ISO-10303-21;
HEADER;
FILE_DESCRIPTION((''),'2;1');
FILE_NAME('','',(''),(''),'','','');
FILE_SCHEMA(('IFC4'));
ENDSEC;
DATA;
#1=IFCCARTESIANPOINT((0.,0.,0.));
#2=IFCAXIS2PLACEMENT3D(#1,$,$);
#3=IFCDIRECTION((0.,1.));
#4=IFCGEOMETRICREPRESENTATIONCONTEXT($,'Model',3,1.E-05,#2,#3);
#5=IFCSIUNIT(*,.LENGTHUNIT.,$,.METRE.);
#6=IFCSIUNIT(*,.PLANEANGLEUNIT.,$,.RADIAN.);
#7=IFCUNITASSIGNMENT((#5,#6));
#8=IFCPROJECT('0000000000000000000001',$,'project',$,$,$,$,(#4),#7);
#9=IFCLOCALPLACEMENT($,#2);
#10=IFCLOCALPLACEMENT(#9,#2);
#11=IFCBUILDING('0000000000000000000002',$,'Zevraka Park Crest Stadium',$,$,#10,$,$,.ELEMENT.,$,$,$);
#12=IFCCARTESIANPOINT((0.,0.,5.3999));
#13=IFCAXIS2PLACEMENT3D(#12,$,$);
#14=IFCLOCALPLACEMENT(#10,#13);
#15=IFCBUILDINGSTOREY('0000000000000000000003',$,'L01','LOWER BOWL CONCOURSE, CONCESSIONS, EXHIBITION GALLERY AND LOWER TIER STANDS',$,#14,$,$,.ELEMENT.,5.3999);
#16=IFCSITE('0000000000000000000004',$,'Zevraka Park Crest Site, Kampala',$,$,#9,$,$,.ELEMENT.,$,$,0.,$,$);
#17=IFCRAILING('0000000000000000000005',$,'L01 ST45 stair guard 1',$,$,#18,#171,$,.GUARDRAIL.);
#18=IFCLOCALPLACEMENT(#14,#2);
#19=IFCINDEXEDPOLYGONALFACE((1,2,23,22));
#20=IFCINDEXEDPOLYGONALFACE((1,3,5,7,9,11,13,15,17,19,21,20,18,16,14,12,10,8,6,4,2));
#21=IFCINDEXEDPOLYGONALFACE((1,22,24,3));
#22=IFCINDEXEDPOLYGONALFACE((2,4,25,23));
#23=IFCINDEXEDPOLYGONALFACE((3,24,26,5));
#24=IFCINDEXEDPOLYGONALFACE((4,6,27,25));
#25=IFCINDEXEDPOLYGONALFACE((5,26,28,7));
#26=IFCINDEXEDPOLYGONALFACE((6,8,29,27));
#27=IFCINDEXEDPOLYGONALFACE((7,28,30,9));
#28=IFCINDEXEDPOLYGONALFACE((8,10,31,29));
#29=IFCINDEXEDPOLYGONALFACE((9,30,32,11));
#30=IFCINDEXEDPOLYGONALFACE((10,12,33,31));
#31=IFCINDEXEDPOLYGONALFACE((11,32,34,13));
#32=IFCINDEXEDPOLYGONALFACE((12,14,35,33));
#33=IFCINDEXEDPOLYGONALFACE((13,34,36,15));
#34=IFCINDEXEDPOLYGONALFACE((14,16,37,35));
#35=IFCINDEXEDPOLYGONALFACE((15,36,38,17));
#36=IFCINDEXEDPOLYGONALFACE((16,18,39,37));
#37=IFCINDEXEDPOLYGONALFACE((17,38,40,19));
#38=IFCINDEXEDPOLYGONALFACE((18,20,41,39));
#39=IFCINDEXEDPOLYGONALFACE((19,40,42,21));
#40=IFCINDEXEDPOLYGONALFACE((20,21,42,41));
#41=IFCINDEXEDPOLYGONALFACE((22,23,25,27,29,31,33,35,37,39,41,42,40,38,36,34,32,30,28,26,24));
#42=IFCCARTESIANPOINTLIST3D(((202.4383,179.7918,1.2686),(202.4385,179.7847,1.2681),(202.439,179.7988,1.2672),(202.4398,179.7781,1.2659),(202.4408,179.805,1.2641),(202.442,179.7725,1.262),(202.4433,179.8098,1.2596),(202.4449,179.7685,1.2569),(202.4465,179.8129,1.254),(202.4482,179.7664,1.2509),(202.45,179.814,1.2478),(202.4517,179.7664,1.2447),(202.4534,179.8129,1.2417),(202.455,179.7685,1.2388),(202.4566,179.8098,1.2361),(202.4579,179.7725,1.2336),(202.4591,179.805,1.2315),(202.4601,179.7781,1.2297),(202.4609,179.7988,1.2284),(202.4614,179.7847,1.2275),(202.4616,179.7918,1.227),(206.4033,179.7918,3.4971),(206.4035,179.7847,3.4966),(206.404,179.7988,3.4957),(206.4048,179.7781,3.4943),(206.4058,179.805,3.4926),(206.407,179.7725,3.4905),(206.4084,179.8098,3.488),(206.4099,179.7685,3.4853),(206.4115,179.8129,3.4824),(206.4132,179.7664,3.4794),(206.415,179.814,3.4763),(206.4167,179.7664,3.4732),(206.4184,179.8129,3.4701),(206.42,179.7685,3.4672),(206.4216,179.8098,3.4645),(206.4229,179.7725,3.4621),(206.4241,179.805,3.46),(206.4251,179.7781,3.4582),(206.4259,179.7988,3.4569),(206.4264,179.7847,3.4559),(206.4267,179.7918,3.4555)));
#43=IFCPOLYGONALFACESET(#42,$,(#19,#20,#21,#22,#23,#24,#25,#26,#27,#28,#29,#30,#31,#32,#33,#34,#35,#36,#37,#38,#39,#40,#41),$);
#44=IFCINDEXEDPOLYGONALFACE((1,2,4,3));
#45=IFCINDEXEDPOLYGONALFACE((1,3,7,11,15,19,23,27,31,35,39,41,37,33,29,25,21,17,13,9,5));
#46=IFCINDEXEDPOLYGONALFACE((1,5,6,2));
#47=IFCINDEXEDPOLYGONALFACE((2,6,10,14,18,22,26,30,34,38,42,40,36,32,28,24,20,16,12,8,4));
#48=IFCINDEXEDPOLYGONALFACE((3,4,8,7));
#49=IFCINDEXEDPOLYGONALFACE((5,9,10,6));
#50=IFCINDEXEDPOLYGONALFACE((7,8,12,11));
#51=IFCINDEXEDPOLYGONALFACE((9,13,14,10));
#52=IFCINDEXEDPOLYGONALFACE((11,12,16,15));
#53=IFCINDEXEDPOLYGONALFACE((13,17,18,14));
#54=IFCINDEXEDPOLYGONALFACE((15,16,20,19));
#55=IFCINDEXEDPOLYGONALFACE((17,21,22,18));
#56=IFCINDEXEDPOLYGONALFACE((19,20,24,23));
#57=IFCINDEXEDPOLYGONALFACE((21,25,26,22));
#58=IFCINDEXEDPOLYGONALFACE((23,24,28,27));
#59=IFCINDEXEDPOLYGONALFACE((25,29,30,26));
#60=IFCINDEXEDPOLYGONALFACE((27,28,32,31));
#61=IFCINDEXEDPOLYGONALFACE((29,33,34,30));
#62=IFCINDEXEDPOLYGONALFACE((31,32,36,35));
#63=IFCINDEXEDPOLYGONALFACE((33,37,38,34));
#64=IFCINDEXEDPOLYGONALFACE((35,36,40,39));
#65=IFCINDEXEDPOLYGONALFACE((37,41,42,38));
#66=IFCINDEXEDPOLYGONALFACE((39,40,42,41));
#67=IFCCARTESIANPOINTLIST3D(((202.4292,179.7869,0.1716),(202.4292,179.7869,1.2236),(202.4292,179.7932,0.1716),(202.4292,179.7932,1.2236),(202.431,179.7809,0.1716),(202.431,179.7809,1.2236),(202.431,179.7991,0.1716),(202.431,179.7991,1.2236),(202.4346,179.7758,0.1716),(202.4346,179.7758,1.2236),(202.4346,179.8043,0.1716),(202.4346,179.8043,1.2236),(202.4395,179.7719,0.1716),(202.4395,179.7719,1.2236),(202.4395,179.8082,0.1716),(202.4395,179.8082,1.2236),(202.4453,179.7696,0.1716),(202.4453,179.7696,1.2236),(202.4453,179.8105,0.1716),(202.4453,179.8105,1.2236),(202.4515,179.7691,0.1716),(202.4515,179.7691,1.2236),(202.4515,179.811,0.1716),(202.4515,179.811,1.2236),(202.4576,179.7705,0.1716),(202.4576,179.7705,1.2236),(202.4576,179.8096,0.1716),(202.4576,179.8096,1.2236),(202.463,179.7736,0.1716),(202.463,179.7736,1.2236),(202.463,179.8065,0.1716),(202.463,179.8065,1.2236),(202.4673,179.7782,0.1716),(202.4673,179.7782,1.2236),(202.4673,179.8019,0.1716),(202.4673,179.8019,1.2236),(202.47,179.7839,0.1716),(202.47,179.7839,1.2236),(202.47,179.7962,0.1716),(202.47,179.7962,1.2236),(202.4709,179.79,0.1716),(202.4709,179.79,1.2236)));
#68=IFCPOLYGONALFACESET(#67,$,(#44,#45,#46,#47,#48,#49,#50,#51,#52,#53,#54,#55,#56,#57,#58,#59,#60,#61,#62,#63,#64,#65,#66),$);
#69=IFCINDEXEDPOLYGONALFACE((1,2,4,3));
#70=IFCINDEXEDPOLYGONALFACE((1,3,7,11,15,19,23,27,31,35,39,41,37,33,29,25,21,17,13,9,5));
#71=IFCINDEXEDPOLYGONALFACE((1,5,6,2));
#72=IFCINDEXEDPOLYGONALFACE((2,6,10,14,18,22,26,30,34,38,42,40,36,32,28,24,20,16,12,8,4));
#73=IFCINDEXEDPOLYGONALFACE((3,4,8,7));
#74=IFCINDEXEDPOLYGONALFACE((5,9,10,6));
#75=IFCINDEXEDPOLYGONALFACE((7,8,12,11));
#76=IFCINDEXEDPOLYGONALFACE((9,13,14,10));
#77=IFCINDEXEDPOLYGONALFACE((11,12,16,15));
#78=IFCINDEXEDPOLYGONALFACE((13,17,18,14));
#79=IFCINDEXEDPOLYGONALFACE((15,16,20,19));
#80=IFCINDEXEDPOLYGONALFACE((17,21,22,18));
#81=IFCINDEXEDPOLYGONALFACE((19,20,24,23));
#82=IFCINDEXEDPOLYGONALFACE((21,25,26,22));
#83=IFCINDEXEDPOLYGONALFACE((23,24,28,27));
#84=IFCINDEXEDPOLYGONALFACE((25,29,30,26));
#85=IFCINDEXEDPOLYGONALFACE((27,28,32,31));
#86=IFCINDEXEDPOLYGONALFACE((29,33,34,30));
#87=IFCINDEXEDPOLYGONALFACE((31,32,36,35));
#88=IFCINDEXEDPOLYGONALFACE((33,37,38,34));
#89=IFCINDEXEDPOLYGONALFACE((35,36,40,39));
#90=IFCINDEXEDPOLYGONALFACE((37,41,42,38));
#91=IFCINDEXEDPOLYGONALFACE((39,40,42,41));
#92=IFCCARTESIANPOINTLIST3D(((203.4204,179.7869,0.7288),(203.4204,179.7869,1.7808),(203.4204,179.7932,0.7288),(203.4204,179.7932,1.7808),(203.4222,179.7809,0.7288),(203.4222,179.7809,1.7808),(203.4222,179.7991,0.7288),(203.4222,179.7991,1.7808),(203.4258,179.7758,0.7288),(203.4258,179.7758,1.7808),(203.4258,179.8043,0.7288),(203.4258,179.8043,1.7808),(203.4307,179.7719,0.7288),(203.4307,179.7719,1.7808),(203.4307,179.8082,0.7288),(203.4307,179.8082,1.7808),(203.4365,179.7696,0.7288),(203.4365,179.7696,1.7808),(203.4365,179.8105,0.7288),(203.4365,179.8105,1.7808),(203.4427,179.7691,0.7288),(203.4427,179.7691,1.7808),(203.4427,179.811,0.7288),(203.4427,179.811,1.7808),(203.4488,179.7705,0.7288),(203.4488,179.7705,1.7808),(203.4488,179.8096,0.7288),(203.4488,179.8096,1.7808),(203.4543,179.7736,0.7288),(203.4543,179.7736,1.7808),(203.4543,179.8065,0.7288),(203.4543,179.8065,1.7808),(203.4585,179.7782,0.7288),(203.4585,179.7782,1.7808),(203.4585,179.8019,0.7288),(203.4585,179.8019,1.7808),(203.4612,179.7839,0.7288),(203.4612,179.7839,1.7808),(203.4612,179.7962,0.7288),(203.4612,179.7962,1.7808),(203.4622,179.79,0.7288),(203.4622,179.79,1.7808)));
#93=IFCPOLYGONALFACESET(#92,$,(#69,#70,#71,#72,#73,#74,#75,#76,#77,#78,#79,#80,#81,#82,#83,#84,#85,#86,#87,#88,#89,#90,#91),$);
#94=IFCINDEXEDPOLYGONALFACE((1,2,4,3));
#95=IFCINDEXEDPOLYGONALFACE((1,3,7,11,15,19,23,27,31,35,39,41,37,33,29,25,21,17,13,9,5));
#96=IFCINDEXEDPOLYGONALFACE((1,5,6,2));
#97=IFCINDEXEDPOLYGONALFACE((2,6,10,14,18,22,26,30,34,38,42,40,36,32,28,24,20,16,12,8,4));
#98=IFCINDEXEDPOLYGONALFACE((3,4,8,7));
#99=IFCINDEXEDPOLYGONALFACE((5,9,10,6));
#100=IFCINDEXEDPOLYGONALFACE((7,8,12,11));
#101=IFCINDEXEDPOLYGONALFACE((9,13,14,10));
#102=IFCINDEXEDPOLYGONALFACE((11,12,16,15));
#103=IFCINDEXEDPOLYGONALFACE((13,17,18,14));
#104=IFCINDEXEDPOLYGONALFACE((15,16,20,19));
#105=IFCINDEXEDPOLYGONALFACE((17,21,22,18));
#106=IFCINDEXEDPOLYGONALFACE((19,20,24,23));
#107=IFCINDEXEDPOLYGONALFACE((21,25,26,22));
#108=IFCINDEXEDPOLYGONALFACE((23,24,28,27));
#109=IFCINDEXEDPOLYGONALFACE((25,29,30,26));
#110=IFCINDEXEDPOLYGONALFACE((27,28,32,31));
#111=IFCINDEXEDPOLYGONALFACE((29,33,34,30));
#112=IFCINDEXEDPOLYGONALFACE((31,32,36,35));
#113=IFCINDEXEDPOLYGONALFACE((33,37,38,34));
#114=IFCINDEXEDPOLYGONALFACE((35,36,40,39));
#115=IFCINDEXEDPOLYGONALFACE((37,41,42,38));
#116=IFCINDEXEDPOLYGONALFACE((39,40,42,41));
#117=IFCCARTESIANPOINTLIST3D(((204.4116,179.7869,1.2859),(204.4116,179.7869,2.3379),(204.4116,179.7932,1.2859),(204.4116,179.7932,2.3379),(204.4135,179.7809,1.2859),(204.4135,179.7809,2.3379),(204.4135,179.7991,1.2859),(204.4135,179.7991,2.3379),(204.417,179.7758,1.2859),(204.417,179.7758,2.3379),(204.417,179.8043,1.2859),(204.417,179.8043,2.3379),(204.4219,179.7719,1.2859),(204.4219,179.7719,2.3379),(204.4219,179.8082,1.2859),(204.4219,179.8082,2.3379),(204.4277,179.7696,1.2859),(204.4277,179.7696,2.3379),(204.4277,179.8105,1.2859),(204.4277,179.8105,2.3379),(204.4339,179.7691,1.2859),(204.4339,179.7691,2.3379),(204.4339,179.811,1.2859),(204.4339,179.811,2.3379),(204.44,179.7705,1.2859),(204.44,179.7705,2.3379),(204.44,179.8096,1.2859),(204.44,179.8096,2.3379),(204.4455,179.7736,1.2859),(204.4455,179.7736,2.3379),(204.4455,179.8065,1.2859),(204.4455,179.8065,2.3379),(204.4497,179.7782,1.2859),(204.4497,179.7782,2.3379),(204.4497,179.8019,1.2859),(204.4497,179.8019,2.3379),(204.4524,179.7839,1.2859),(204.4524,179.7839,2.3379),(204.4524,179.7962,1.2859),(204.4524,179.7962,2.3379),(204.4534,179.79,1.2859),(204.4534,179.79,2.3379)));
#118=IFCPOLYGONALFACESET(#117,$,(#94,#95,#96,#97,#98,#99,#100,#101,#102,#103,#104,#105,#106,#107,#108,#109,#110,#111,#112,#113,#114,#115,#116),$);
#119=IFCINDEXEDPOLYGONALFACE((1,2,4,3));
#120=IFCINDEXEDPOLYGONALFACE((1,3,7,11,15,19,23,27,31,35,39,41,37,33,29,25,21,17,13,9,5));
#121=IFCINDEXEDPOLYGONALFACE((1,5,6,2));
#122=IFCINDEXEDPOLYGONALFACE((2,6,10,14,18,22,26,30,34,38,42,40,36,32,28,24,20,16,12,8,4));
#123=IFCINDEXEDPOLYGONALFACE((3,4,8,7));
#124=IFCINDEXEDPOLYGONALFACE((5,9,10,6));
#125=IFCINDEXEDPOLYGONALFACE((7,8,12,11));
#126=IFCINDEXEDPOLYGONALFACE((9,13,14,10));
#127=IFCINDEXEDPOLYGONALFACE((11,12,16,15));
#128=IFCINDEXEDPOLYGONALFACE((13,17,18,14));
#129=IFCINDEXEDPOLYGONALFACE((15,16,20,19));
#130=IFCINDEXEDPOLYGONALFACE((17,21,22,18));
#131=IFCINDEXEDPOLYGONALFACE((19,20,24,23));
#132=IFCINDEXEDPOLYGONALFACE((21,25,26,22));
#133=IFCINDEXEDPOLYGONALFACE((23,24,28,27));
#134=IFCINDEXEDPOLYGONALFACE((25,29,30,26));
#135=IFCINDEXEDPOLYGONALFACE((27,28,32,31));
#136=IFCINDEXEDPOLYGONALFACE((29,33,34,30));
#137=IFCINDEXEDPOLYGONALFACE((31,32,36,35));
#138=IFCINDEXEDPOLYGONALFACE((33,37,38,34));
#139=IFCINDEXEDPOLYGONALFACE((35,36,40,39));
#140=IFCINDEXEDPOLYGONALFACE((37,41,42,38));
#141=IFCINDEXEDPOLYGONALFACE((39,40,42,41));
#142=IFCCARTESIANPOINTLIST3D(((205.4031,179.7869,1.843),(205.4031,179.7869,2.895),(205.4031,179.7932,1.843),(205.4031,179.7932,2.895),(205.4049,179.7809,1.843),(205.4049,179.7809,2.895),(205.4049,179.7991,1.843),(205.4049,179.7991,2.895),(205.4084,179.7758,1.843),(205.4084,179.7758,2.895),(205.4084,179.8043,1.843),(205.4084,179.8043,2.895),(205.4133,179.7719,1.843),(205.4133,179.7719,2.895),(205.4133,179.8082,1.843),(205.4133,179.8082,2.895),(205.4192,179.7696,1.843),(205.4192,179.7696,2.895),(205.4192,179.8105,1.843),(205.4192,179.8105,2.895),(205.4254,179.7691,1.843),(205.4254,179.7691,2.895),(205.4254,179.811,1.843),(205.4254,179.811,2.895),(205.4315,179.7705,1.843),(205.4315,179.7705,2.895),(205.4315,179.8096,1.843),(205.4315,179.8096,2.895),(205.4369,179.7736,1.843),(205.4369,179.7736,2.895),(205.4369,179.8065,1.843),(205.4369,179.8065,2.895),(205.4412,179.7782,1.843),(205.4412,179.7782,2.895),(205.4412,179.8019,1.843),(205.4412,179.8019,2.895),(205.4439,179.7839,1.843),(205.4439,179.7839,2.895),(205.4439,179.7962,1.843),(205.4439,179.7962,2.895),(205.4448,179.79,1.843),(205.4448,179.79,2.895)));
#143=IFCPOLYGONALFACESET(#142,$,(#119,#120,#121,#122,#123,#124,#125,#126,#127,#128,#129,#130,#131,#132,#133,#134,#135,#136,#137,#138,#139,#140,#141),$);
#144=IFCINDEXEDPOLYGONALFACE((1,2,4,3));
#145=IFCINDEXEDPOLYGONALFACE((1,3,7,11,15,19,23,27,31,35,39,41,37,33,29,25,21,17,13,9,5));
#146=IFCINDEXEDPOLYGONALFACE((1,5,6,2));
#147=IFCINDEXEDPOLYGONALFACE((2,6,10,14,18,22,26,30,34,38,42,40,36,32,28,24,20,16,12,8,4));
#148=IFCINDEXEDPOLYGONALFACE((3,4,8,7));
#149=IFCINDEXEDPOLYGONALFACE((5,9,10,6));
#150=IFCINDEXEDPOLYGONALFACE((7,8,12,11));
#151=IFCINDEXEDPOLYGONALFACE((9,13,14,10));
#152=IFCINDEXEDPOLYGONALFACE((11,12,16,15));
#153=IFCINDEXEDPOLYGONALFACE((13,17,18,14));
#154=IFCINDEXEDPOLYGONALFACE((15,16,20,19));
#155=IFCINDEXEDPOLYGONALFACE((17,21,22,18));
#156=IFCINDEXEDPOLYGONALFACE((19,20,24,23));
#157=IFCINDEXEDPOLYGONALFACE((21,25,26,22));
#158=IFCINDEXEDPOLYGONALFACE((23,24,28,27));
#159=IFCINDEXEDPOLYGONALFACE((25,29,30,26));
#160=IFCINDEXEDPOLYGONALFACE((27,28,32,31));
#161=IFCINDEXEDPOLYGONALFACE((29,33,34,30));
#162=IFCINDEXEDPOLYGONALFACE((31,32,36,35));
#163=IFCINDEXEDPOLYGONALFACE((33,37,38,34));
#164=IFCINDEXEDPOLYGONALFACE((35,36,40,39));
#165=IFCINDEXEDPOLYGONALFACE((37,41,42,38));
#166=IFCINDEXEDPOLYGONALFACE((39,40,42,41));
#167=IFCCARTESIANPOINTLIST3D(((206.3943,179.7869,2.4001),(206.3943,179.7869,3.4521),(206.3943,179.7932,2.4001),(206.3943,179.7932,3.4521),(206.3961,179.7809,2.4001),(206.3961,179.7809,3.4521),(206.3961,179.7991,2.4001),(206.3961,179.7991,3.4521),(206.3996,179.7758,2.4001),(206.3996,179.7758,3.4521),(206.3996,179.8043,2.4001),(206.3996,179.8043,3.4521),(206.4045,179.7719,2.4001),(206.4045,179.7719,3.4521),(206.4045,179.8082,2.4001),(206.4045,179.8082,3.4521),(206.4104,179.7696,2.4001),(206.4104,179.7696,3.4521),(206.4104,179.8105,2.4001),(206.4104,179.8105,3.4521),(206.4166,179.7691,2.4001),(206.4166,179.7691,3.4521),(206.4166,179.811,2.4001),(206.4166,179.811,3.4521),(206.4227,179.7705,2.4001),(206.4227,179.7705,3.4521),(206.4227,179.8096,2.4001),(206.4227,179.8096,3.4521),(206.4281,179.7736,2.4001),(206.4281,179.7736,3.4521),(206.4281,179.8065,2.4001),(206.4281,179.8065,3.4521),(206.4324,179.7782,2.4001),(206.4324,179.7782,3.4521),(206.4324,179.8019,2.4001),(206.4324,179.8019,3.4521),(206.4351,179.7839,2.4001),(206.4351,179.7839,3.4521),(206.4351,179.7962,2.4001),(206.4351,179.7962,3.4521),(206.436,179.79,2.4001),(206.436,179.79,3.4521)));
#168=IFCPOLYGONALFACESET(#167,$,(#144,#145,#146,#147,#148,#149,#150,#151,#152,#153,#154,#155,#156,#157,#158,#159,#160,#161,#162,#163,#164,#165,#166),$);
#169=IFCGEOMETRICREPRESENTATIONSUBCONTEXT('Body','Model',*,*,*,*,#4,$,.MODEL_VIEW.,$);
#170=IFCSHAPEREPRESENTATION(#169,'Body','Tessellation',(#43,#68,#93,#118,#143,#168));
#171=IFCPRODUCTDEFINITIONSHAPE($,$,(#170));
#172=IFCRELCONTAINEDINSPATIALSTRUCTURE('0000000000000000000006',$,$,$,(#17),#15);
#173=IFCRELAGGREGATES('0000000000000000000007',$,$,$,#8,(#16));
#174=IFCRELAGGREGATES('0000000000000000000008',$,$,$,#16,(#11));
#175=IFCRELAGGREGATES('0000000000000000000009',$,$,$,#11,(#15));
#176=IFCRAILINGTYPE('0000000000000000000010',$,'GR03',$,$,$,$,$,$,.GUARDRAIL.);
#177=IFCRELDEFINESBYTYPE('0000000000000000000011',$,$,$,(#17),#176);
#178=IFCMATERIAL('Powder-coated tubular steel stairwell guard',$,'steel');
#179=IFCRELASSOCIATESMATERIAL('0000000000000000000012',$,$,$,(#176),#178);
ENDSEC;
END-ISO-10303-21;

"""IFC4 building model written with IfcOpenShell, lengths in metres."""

from ifc_helpers import new_model, si_unit, direction, frame, origin, origin_2d, place, context, subcontext, project, spatial, circle, extrude, material, type_object, element, save


model = new_model("IFC4")

# Units and contexts
model_context = context("Model", 3, precision=1e-05, world=origin(), true_north=direction((0.0, 1.0)))
body_context = subcontext(model_context, "Body", "Model", "MODEL_VIEW")
ifc_project = project(units=[si_unit("LENGTHUNIT", "METRE"), si_unit("PLANEANGLEUNIT", "RADIAN")], contexts=[model_context])

# Site, building, storey
site_placement = place(None, origin())
site = spatial("IfcSite", under=ifc_project, at=site_placement, Name="Zevraka Park Crest Site, Kampala", CompositionType="ELEMENT", RefElevation=0.0)
building_placement = place(site_placement, origin())
building = spatial("IfcBuilding", under=site, at=building_placement, Name="Zevraka Park Crest Stadium", CompositionType="ELEMENT")
storey_placement = place(building_placement, frame((0.0, 0.0, 5.3999)))
storey = spatial("IfcBuildingStorey", under=building, at=storey_placement, Name="L01", Description="LOWER BOWL CONCOURSE, CONCESSIONS, EXHIBITION GALLERY AND LOWER TIER STANDS", CompositionType="ELEMENT", Elevation=5.3999)

# Railing
ifc_material_1 = material(Name="Powder-coated tubular steel stairwell guard", Category="steel")
railing_type_1 = type_object("IfcRailingType", Name="GR03", PredefinedType="GUARDRAIL", material=ifc_material_1)
railing_1_placement = place(storey_placement, frame((202.45, 179.79, 0.1716)))
element("IfcRailing", 1, at=railing_1_placement, inside=storey, type_object=railing_type_1, Name="L01 ST45 stair guard 1", PredefinedType="GUARDRAIL", context=body_context, shape_type="SweptSolid", body=[
    extrude(circle(Radius=0.0239, at=origin_2d()), frame((0.0, 0.0, 1.0762), z_axis=(0.871749, 0.0, 0.489953), x_axis=(0.0, 1.0, 0.0)), (0.0, 0.0, 1.0), 4.5483),
    extrude(circle(Radius=0.021, at=origin_2d()), origin(), (0.0, 0.0, 1.0), 1.052),
    extrude(circle(Radius=0.021, at=origin_2d()), frame((0.9912, 0.0, 0.5571)), (0.0, 0.0, 1.0), 1.052),
    extrude(circle(Radius=0.021, at=origin_2d()), frame((1.9824, 0.0, 1.1143)), (0.0, 0.0, 1.0), 1.052),
    extrude(circle(Radius=0.021, at=origin_2d()), frame((2.9739, 0.0, 1.6714)), (0.0, 0.0, 1.0), 1.052),
    extrude(circle(Radius=0.021, at=origin_2d()), frame((3.9651, 0.0, 2.2285)), (0.0, 0.0, 1.0), 1.052),
])

save(model, "model.ifc")
